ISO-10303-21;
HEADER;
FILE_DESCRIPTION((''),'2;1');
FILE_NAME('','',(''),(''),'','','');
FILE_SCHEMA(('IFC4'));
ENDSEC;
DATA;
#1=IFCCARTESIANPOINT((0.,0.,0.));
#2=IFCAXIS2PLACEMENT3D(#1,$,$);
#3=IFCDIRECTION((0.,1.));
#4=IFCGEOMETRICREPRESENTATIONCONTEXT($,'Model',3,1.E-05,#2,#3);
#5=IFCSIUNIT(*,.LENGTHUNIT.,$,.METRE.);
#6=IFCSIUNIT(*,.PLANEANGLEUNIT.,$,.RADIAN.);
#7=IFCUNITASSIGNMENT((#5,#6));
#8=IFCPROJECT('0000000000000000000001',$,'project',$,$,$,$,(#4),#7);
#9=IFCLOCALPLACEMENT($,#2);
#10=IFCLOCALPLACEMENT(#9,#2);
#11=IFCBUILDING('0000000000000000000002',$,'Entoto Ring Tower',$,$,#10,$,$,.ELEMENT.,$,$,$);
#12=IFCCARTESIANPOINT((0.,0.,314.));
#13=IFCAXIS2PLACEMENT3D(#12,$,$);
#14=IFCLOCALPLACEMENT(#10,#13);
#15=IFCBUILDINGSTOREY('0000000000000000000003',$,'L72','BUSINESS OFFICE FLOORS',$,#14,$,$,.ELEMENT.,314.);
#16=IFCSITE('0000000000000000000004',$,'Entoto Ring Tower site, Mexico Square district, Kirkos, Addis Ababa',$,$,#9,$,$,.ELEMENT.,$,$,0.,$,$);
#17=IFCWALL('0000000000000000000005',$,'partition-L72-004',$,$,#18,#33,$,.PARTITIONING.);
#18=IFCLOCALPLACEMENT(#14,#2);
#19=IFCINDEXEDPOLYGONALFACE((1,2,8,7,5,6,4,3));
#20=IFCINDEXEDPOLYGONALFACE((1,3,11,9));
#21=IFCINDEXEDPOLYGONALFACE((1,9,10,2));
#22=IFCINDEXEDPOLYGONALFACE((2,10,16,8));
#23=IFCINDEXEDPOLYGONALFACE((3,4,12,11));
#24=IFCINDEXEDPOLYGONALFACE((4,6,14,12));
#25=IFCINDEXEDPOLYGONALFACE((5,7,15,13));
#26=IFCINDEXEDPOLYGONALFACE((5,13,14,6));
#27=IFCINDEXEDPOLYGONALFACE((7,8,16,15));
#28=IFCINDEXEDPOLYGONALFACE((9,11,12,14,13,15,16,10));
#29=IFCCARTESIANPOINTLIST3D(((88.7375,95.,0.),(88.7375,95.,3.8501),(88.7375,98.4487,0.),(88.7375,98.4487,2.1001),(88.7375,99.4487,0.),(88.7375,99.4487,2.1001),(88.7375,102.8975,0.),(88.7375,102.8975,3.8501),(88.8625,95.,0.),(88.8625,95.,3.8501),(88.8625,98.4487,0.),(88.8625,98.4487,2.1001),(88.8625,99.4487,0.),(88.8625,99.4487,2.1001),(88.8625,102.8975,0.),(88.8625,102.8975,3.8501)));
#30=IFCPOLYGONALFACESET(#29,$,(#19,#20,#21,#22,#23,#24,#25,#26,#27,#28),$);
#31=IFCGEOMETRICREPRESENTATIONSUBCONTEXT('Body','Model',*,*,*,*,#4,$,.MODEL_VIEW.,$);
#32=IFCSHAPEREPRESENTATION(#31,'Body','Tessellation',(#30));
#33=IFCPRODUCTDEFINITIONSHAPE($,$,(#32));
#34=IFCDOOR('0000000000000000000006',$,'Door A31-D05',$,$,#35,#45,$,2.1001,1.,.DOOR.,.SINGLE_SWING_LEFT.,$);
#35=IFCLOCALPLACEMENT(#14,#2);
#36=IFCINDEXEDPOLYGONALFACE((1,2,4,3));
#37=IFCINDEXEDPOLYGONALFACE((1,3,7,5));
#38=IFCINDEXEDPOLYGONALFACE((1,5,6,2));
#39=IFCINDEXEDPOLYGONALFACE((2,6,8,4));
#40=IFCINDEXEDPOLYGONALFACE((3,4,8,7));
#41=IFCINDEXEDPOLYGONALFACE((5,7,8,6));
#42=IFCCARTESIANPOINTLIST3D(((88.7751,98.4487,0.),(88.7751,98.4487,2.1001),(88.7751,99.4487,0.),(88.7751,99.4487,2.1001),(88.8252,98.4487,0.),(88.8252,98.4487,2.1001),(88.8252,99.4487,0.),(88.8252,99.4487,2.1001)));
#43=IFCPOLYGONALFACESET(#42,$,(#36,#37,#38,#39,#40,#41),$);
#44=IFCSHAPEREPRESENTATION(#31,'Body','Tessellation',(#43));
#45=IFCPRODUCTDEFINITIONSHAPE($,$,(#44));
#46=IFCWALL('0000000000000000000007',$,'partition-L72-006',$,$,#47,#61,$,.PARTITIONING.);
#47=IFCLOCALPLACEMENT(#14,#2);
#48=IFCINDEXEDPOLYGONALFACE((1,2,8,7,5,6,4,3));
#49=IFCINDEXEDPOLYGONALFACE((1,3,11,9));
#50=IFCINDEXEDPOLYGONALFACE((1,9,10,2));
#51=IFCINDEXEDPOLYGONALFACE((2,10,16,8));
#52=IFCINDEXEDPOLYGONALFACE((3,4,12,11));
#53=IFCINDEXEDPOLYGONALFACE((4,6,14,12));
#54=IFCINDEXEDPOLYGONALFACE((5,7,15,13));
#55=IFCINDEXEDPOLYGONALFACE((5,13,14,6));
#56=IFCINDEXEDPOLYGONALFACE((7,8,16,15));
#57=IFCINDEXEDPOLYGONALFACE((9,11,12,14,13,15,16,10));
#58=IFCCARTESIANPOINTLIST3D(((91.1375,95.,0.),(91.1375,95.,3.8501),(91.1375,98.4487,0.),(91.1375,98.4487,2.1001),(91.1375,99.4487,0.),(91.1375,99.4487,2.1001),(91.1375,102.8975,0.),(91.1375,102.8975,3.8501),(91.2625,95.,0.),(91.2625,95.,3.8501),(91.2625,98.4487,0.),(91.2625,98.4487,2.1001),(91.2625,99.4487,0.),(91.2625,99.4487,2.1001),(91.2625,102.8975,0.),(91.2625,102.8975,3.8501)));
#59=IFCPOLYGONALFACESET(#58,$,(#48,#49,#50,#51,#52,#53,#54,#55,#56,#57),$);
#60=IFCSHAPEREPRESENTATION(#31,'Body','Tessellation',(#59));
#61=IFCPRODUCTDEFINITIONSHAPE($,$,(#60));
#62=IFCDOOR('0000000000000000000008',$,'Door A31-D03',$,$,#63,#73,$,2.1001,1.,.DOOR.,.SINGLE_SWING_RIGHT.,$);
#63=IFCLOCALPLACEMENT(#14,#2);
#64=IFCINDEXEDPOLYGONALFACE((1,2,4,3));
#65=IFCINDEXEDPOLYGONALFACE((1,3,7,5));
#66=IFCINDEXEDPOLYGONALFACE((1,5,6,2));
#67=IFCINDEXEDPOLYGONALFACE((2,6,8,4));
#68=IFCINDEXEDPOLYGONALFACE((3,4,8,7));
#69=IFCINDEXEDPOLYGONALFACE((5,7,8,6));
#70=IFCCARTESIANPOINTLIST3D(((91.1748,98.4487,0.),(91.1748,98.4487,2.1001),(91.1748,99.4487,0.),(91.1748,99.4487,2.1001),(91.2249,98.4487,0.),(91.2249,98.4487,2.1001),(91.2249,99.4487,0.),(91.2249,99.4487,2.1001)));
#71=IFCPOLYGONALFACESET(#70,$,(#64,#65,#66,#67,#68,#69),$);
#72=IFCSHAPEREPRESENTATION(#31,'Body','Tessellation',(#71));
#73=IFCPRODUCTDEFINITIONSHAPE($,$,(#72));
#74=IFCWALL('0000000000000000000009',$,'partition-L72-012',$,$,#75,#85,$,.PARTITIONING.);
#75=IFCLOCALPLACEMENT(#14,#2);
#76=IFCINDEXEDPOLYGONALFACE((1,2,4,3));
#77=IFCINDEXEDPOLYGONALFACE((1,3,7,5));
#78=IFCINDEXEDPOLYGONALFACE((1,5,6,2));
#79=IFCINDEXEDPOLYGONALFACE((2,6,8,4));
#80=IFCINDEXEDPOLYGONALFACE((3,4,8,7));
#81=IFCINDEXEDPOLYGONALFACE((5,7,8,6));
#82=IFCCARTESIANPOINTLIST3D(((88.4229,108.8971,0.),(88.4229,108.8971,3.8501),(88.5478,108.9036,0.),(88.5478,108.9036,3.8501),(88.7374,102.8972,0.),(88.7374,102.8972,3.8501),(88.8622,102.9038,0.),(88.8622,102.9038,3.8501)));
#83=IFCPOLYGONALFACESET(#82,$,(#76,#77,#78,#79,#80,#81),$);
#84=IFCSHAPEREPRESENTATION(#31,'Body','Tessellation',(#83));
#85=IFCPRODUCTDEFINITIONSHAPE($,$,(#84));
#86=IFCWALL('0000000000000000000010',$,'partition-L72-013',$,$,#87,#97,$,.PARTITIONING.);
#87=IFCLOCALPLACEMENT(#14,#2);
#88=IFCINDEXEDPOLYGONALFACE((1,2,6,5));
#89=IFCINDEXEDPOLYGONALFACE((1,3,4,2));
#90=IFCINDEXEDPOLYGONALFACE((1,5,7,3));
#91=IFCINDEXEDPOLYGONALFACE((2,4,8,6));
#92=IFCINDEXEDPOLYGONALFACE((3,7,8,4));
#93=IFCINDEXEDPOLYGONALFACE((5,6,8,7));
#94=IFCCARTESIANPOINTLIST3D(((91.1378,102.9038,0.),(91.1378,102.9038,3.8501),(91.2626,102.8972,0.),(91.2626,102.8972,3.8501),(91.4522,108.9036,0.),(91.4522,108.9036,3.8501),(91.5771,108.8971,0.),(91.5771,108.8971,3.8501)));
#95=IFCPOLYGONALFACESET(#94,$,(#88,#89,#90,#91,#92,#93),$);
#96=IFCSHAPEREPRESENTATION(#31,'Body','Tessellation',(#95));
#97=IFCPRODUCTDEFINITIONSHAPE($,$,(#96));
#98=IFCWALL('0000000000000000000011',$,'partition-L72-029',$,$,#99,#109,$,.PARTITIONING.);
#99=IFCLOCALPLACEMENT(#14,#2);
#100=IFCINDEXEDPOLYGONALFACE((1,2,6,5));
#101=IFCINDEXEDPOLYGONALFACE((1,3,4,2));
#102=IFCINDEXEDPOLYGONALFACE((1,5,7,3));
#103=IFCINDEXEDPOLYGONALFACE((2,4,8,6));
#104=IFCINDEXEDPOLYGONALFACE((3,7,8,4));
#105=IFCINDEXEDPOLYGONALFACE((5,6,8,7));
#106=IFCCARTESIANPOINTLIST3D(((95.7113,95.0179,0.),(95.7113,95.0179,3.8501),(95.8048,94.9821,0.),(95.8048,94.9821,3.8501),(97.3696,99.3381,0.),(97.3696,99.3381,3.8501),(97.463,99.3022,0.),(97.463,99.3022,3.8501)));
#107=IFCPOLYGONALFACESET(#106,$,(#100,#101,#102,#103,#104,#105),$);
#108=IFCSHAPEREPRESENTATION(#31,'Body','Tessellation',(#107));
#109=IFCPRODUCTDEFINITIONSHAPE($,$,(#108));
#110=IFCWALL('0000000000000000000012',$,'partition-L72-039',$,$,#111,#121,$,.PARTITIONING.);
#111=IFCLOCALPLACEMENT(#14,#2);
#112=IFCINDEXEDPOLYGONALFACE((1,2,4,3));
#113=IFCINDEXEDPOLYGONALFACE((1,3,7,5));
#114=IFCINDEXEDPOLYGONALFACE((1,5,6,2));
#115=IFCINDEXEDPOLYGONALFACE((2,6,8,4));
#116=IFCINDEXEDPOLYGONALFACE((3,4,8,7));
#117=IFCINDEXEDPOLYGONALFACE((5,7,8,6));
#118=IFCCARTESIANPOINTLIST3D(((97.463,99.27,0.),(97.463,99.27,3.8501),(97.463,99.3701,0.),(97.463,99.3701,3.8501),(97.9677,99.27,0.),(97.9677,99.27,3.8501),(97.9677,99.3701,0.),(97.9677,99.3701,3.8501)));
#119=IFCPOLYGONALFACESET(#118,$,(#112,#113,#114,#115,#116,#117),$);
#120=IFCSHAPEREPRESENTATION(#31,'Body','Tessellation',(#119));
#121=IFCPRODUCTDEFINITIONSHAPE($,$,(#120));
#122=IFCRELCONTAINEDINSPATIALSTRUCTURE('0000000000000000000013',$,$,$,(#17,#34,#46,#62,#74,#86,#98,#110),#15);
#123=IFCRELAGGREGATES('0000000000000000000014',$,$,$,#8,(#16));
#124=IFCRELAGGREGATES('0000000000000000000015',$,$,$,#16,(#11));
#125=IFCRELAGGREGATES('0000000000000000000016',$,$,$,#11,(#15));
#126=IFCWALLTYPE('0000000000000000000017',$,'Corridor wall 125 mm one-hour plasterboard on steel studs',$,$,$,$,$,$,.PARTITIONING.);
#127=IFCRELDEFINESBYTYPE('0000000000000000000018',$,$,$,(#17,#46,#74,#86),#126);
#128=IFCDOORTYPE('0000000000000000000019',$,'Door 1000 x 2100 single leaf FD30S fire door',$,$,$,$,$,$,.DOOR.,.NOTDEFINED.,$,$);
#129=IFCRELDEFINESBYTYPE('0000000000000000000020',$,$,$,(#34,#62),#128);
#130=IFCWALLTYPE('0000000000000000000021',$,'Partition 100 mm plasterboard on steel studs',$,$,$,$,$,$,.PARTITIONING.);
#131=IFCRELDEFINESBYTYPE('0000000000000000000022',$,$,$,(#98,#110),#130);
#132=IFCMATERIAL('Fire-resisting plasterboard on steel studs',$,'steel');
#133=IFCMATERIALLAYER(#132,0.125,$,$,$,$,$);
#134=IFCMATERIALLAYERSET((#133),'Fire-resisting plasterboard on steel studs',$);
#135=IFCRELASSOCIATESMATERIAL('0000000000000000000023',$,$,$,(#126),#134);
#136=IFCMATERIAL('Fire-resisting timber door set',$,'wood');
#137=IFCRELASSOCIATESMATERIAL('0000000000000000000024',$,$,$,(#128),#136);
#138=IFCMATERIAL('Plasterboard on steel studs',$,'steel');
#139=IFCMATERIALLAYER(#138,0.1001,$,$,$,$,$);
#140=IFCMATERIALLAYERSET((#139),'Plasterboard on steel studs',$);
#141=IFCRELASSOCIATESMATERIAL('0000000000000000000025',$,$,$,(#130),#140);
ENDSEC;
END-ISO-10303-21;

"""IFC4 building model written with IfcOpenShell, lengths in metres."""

from ifc_helpers import new_model, si_unit, direction, frame, frame_2d, origin, place, context, subcontext, project, spatial, rectangle, extrude, material, layer, layer_set, type_object, element, fill, save


model = new_model("IFC4")

# Units and contexts
model_context = context("Model", 3, precision=1e-05, world=origin(), true_north=direction((0.0, 1.0)))
body_context = subcontext(model_context, "Body", "Model", "MODEL_VIEW")
ifc_project = project(units=[si_unit("LENGTHUNIT", "METRE"), si_unit("PLANEANGLEUNIT", "RADIAN")], contexts=[model_context])

# Site, building, storey
site_placement = place(None, origin())
site = spatial("IfcSite", under=ifc_project, at=site_placement, Name="Entoto Ring Tower site, Mexico Square district, Kirkos, Addis Ababa", CompositionType="ELEMENT", RefElevation=0.0)
building_placement = place(site_placement, origin())
building = spatial("IfcBuilding", under=site, at=building_placement, Name="Entoto Ring Tower", CompositionType="ELEMENT")
storey_placement = place(building_placement, frame((0.0, 0.0, 314.0)))
storey = spatial("IfcBuildingStorey", under=building, at=storey_placement, Name="L72", Description="BUSINESS OFFICE FLOORS", CompositionType="ELEMENT", Elevation=314.0)

# Walls, openings, doors
ifc_material_1 = material(Name="Fire-resisting plasterboard on steel studs", Category="steel")
ifc_layer_1 = layer(ifc_material_1, 0.125)
ifc_layer_set_1 = layer_set([ifc_layer_1], Name="Fire-resisting plasterboard on steel studs")
wall_type_1 = type_object("IfcWallType", Name="Corridor wall 125 mm one-hour plasterboard on steel studs", PredefinedType="PARTITIONING", material=ifc_layer_set_1)
wall_1_placement = place(storey_placement, frame((88.8, 95.0, 0.0), z_axis=(0.0, 0.0, 1.0), x_axis=(0.0, 1.0, 0.0)))
wall_1 = element("IfcWall", 1, at=wall_1_placement, inside=storey, type_object=wall_type_1, Name="partition-L72-004", PredefinedType="PARTITIONING", context=body_context, shape_type="SweptSolid", body=[
    extrude(rectangle(XDim=7.8975, YDim=0.125, at=frame_2d((3.9487, 0.0))), origin(), (0.0, 0.0, 1.0), 3.8501),
])
opening_1_placement = place(wall_1_placement, frame((3.4487, 0.0, 0.0)))
opening_1 = element("IfcOpeningElement", 2, at=opening_1_placement, cuts=wall_1, PredefinedType="OPENING", context=body_context, shape_type="SweptSolid", body=[
    extrude(rectangle(XDim=1.0, YDim=2.1001, at=frame_2d((0.5, 1.05))), frame((0.0, 0.0725, 0.0), z_axis=(0.0, -1.0, 0.0), x_axis=(1.0, 0.0, 0.0)), (0.0, 0.0, 1.0), 0.145),
])
ifc_material_2 = material(Name="Fire-resisting timber door set", Category="wood")
door_type_1 = type_object("IfcDoorType", Name="Door 1000 x 2100 single leaf FD30S fire door", OperationType="NOTDEFINED", PredefinedType="DOOR", material=ifc_material_2)
door_1_placement = place(opening_1_placement, origin())
door_1 = element("IfcDoor", 3, at=door_1_placement, inside=storey, type_object=door_type_1, Name="Door A31-D05", OperationType="SINGLE_SWING_LEFT", OverallHeight=2.1001, OverallWidth=1.0, PredefinedType="DOOR", context=body_context, shape_type="SweptSolid", body=[
    extrude(rectangle(XDim=1.0, YDim=2.1001, at=frame_2d((0.5, 1.05))), frame((0.0, 0.0249, 0.0), z_axis=(0.0, -1.0, 0.0), x_axis=(1.0, 0.0, 0.0)), (0.0, 0.0, 1.0), 0.05),
])
fill(opening_1, door_1)
wall_2_placement = place(storey_placement, frame((91.2, 95.0, 0.0), z_axis=(0.0, 0.0, 1.0), x_axis=(0.0, 1.0, 0.0)))
wall_2 = element("IfcWall", 4, at=wall_2_placement, inside=storey, type_object=wall_type_1, Name="partition-L72-006", PredefinedType="PARTITIONING", context=body_context, shape_type="SweptSolid", body=[
    extrude(rectangle(XDim=7.8975, YDim=0.125, at=frame_2d((3.9487, 0.0))), origin(), (0.0, 0.0, 1.0), 3.8501),
])
opening_2_placement = place(wall_2_placement, frame((3.4487, 0.0, 0.0)))
opening_2 = element("IfcOpeningElement", 5, at=opening_2_placement, cuts=wall_2, PredefinedType="OPENING", context=body_context, shape_type="SweptSolid", body=[
    extrude(rectangle(XDim=1.0, YDim=2.1001, at=frame_2d((0.5, 1.05))), frame((0.0, 0.0725, 0.0), z_axis=(0.0, -1.0, 0.0), x_axis=(1.0, 0.0, 0.0)), (0.0, 0.0, 1.0), 0.145),
])
door_2_placement = place(opening_2_placement, frame((1.0, 0.0, 0.0), z_axis=(0.0, 0.0, 1.0), x_axis=(-1.0, 0.0, 0.0)))
door_2 = element("IfcDoor", 6, at=door_2_placement, inside=storey, type_object=door_type_1, Name="Door A31-D03", OperationType="SINGLE_SWING_RIGHT", OverallHeight=2.1001, OverallWidth=1.0, PredefinedType="DOOR", context=body_context, shape_type="SweptSolid", body=[
    extrude(rectangle(XDim=1.0, YDim=2.1001, at=frame_2d((0.5, 1.05))), frame((0.0, 0.0249, 0.0), z_axis=(0.0, -1.0, 0.0), x_axis=(1.0, 0.0, 0.0)), (0.0, 0.0, 1.0), 0.05),
])
fill(opening_2, door_2)

# Walls
for number, where, z_axis, x_axis, name in (
    (7, (88.7998, 102.9006, 0.0), (0.0, 0.0, 1.0), (-0.052339, 0.998629, 0.0), "partition-L72-012"),
    (8, (91.2002, 102.9006, 0.0), (0.0, 0.0, 1.0), (0.052339, 0.998629, 0.0), "partition-L72-013"),
):
    element("IfcWall", number, at=place(storey_placement, frame(where, z_axis=z_axis, x_axis=x_axis)), inside=storey, type_object=wall_type_1, Name=name, PredefinedType="PARTITIONING", context=body_context, shape_type="SweptSolid", body=[
        extrude(rectangle(XDim=6.0081, YDim=0.125, at=frame_2d((3.0039, 0.0))), origin(), (0.0, 0.0, 1.0), 3.8501),
    ])
ifc_material_3 = material(Name="Plasterboard on steel studs", Category="steel")
ifc_layer_2 = layer(ifc_material_3, 0.1001)
ifc_layer_set_2 = layer_set([ifc_layer_2], Name="Plasterboard on steel studs")
wall_type_2 = type_object("IfcWallType", Name="Partition 100 mm plasterboard on steel studs", PredefinedType="PARTITIONING", material=ifc_layer_set_2)
wall_3_placement = place(storey_placement, frame((95.7581, 95.0, 0.0), z_axis=(0.0, 0.0, 1.0), x_axis=(0.358346, 0.933589, 0.0)))
element("IfcWall", 9, at=wall_3_placement, inside=storey, type_object=wall_type_2, Name="partition-L72-029", PredefinedType="PARTITIONING", context=body_context, shape_type="SweptSolid", body=[
    extrude(rectangle(XDim=4.6274, YDim=0.1001, at=frame_2d((2.3137, 0.0))), origin(), (0.0, 0.0, 1.0), 3.8501),
])
wall_4_placement = place(storey_placement, frame((97.4629, 99.3201, 0.0), z_axis=(0.0, 0.0, 1.0), x_axis=(1.0, 0.0, 0.0)))
element("IfcWall", 10, at=wall_4_placement, inside=storey, type_object=wall_type_2, Name="partition-L72-039", PredefinedType="PARTITIONING", context=body_context, shape_type="SweptSolid", body=[
    extrude(rectangle(XDim=0.5046, YDim=0.1001, at=frame_2d((0.2524, 0.0))), origin(), (0.0, 0.0, 1.0), 3.8501),
])

save(model, "model.ifc")
